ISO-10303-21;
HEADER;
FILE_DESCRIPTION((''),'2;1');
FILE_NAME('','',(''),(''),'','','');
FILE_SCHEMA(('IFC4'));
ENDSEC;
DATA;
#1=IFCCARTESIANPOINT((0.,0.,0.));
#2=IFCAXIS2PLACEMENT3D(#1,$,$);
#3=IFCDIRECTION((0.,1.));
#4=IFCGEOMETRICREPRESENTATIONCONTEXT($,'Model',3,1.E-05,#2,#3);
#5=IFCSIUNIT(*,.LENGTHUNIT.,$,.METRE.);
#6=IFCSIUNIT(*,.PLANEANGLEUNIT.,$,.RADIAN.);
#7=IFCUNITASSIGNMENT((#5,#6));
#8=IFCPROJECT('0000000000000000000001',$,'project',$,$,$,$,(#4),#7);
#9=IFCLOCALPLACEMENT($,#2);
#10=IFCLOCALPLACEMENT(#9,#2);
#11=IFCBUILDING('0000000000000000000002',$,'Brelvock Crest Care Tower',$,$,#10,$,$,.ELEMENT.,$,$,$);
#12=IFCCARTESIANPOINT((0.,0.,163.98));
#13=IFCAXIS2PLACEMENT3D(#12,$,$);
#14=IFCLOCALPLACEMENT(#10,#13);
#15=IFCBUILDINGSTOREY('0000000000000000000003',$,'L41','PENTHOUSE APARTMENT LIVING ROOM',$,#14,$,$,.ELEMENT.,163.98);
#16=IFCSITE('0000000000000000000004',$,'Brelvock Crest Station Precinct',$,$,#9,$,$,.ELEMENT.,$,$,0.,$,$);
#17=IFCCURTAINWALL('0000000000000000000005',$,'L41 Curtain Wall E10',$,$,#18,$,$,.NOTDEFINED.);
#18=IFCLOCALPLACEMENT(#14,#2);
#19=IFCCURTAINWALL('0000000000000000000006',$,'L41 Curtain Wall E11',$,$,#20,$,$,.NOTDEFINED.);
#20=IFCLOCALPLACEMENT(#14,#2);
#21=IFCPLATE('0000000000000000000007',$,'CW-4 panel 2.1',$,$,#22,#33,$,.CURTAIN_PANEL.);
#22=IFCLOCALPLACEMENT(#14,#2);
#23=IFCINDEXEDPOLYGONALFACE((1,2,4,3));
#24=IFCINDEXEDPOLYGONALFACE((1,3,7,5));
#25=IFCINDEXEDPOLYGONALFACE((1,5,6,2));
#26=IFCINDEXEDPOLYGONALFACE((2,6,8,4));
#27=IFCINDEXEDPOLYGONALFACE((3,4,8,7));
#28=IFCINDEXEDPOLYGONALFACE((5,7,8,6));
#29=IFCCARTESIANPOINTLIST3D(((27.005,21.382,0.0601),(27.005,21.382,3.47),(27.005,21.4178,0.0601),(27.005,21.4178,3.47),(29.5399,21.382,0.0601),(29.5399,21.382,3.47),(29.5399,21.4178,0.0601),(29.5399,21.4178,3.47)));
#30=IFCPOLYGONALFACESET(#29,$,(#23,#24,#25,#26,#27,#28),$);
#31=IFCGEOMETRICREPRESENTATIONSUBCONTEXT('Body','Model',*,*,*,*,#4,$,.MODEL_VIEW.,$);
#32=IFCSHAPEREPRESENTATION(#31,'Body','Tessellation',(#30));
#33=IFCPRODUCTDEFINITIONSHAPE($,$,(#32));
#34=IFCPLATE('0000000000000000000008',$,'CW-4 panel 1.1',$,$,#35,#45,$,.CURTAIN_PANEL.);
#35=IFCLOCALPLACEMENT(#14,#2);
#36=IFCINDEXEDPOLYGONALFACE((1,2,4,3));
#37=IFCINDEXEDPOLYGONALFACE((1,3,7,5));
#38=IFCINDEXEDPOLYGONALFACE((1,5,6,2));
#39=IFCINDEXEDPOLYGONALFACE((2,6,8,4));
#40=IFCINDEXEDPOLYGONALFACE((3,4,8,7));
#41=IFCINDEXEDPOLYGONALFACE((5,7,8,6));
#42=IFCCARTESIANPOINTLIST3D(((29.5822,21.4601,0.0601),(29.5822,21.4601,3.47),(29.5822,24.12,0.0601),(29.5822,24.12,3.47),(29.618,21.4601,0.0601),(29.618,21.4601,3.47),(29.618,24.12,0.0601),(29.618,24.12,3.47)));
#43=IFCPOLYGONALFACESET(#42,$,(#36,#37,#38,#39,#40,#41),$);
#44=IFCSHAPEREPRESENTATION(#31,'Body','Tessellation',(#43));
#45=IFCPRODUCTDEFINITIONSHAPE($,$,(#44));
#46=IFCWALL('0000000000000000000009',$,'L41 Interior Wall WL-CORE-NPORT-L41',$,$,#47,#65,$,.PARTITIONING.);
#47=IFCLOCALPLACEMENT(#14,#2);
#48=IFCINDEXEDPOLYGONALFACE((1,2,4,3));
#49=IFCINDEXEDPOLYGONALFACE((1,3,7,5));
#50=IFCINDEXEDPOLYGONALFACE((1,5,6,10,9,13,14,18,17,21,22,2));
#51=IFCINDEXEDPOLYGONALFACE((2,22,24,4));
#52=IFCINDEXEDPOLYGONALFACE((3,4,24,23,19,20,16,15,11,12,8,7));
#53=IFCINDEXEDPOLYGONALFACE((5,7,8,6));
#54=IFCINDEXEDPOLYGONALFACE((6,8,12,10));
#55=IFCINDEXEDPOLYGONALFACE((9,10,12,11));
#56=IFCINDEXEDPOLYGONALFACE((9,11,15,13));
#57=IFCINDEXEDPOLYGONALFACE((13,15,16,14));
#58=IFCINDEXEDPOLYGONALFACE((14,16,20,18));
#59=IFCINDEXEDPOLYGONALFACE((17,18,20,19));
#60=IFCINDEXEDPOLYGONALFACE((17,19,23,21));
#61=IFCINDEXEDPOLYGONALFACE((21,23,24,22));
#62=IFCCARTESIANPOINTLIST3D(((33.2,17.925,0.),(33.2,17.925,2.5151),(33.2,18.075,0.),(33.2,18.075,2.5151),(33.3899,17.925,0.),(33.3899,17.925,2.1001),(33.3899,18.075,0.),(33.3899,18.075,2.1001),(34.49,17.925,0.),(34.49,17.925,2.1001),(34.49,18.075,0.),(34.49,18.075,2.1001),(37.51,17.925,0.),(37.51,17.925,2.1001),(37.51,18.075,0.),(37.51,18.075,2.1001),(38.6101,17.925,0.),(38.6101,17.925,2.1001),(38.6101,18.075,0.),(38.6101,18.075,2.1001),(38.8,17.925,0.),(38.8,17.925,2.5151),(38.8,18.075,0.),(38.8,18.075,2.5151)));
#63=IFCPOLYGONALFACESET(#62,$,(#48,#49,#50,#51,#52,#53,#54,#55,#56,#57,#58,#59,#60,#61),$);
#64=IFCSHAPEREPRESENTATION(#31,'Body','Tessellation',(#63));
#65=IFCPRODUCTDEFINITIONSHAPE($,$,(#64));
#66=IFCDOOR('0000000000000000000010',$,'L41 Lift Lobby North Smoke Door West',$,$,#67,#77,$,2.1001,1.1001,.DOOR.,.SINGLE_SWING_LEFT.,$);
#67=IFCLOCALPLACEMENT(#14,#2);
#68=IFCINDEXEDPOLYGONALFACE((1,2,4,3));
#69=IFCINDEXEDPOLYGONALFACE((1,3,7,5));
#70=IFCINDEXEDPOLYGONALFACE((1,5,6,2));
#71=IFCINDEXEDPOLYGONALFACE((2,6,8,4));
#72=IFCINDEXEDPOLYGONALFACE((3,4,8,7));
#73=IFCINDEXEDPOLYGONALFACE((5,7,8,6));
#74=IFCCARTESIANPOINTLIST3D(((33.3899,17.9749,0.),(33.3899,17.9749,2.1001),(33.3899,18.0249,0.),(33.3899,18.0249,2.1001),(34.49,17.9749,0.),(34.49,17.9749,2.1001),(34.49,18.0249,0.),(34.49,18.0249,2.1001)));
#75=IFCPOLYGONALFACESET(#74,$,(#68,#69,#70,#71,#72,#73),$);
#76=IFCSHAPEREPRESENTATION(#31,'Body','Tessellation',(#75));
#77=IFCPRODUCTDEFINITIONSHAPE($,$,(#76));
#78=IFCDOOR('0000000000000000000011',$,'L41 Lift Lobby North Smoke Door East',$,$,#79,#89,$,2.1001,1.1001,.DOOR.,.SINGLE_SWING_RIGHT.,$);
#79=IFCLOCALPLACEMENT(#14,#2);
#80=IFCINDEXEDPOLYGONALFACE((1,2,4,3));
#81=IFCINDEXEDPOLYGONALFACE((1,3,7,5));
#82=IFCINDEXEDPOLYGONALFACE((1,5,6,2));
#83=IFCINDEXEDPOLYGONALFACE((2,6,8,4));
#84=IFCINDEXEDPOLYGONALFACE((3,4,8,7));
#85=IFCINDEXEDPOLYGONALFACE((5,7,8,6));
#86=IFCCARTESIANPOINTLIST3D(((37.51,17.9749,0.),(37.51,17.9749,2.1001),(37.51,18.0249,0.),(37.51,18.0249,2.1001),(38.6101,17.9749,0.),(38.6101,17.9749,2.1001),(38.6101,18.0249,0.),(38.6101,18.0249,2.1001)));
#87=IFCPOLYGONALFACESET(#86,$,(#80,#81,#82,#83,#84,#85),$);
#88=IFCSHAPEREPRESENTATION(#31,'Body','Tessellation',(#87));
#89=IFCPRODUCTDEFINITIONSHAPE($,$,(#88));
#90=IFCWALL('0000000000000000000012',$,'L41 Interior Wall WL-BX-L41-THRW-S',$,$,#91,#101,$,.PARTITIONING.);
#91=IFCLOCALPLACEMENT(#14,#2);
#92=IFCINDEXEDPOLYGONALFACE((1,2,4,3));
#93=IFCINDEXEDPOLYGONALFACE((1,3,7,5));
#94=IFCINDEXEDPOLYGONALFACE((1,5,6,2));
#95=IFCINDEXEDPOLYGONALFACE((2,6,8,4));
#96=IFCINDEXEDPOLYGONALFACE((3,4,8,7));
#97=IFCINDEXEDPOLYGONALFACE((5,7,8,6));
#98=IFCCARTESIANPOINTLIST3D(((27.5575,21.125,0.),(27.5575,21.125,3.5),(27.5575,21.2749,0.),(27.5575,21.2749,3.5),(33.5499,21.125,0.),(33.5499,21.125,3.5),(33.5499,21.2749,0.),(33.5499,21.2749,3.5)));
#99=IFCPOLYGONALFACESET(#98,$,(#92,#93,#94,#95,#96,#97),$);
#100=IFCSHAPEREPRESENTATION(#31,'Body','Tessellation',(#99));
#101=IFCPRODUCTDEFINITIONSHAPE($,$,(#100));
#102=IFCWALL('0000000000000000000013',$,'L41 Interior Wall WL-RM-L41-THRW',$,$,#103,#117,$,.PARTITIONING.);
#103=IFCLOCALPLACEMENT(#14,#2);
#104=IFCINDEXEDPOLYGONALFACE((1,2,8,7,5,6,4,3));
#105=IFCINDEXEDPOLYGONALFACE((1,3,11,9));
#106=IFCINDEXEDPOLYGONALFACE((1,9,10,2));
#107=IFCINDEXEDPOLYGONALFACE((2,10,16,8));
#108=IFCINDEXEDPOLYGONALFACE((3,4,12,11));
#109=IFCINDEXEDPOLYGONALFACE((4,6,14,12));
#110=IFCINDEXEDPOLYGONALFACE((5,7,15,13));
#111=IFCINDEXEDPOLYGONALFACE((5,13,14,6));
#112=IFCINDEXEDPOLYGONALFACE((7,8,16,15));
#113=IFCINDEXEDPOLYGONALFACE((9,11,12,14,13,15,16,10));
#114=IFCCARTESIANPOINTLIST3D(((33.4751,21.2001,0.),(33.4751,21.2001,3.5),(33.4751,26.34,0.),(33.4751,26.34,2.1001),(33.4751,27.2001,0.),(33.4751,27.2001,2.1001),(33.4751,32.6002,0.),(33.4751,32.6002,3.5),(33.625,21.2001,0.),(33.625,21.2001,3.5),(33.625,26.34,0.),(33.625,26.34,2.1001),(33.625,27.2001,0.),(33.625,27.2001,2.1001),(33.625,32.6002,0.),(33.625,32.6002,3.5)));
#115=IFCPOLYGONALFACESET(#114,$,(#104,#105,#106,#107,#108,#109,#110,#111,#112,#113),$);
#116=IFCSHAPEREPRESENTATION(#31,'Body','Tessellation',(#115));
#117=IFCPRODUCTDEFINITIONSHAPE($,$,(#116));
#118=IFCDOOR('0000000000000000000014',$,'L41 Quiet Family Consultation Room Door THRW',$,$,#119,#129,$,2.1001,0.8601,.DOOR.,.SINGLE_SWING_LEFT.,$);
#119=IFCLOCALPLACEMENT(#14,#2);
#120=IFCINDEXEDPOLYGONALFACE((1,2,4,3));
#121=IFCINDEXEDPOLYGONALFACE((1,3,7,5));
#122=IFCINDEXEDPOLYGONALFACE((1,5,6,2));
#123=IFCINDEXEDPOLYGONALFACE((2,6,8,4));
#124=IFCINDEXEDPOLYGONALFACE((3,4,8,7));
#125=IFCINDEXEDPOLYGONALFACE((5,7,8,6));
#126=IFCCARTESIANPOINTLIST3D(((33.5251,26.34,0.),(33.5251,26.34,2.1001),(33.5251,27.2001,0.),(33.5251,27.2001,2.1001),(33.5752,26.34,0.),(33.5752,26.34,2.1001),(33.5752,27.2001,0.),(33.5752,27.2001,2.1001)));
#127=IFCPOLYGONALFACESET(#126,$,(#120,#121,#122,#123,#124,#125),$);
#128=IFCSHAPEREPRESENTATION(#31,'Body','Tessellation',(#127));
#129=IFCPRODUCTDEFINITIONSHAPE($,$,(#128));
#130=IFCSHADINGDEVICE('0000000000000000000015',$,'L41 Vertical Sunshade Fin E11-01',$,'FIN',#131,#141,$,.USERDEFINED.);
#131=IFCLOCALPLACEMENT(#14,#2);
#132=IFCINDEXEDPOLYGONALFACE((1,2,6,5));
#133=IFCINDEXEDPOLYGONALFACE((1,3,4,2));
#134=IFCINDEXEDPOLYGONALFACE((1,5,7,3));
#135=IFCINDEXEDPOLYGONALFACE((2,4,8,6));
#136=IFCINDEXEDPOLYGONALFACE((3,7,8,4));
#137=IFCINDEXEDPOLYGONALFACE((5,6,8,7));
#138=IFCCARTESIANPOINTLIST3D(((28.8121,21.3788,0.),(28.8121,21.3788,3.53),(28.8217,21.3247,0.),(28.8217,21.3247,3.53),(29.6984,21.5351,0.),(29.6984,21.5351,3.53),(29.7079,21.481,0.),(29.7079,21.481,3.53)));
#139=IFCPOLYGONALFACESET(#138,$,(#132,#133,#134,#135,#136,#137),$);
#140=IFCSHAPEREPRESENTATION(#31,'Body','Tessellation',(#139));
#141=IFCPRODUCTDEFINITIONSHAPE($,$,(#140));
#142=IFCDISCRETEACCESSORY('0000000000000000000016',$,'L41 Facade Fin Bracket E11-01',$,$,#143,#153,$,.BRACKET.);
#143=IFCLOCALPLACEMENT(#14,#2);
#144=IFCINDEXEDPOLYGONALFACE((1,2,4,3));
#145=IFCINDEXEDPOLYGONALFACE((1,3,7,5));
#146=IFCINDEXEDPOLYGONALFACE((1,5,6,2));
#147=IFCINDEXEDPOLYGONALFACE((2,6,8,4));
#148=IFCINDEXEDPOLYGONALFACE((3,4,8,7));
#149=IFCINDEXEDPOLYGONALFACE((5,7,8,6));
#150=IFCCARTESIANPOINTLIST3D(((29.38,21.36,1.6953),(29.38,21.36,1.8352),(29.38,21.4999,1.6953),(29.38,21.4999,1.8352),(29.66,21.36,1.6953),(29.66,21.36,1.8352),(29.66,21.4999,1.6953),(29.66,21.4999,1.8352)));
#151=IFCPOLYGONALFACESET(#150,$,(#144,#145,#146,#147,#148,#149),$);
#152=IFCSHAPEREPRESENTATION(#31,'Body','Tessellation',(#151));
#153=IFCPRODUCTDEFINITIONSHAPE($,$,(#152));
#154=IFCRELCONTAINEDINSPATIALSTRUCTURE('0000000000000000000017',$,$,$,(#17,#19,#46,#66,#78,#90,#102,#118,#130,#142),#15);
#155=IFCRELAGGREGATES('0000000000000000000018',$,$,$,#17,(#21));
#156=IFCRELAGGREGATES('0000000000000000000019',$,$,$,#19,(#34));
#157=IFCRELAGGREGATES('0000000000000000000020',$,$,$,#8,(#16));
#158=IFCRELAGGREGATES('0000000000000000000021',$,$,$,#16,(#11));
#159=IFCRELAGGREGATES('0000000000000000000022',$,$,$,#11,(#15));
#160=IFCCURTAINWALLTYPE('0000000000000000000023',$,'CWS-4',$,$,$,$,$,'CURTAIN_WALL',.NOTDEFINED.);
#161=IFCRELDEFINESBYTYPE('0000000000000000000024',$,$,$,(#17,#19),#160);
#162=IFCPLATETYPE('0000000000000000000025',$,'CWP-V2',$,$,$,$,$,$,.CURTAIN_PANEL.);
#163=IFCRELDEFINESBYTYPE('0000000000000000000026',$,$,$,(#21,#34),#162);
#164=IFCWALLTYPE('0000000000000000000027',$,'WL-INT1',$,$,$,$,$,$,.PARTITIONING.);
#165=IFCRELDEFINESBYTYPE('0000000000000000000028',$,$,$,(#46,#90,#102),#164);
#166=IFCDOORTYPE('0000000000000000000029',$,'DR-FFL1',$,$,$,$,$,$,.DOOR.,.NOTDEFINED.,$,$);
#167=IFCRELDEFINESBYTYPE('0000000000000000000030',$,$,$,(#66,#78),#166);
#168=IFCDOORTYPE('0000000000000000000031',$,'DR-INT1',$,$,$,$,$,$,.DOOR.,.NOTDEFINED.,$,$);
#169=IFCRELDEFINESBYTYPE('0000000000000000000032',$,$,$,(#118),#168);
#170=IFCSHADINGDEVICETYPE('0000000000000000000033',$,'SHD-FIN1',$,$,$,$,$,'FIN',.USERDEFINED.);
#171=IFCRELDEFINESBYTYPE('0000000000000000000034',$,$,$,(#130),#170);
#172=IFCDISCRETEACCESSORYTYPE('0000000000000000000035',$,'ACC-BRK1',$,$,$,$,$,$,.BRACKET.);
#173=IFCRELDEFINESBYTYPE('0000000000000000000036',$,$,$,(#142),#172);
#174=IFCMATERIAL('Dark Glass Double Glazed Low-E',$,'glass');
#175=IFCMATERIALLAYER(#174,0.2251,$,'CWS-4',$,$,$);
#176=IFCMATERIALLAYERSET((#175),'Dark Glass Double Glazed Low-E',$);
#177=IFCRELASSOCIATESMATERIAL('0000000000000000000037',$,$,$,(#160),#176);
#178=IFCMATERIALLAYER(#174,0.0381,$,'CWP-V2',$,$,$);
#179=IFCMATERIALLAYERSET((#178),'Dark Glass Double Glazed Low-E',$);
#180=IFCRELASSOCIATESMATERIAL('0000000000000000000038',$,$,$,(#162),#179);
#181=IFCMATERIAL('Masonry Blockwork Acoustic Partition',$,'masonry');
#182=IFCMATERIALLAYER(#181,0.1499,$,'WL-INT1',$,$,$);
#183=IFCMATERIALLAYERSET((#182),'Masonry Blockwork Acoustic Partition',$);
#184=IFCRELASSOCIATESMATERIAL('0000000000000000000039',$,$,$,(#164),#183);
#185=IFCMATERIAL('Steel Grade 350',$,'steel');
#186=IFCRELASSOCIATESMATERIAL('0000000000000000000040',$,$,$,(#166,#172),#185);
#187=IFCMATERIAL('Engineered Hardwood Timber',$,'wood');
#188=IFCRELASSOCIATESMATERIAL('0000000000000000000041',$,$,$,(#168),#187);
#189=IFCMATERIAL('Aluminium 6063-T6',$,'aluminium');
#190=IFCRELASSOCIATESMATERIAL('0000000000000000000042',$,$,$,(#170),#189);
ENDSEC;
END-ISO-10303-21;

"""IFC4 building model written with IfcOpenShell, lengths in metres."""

from ifc_helpers import new_model, si_unit, direction, frame, frame_2d, origin, origin_2d, place, context, subcontext, project, spatial, rectangle, extrude, source, transform, mapped, material, layer, layer_set, material_profile, profile_set, type_object, element, fill, aggregate, save


model = new_model("IFC4")

# Units and contexts
model_context = context("Model", 3, precision=1e-05, world=origin(), true_north=direction((0.0, 1.0)))
body_context = subcontext(model_context, "Body", "Model", "MODEL_VIEW")
ifc_project = project(units=[si_unit("LENGTHUNIT", "METRE"), si_unit("PLANEANGLEUNIT", "RADIAN")], contexts=[model_context])

# Site, building, storey
site_placement = place(None, origin())
site = spatial("IfcSite", under=ifc_project, at=site_placement, Name="Brelvock Crest Station Precinct", CompositionType="ELEMENT", RefElevation=0.0)
building_placement = place(site_placement, origin())
building = spatial("IfcBuilding", under=site, at=building_placement, Name="Brelvock Crest Care Tower", CompositionType="ELEMENT")
storey_placement = place(building_placement, frame((0.0, 0.0, 163.98)))
storey = spatial("IfcBuildingStorey", under=building, at=storey_placement, Name="L41", Description="PENTHOUSE APARTMENT LIVING ROOM", CompositionType="ELEMENT", Elevation=163.98)

# Shared definitions
ifc_material_1 = material(Name="Steel Grade 350", Category="steel")

# Curtain walls
ifc_material_2 = material(Name="Dark Glass Double Glazed Low-E", Category="glass")
ifc_layer_1 = layer(ifc_material_2, 0.2251, Name="CWS-4")
ifc_layer_set_1 = layer_set([ifc_layer_1], Name="Dark Glass Double Glazed Low-E")
curtain_wall_type = type_object("IfcCurtainWallType", Name="CWS-4", ElementType="CURTAIN_WALL", PredefinedType="NOTDEFINED", material=ifc_layer_set_1)
curtain_wall_1_placement = place(storey_placement, origin())
curtain_wall_1 = element("IfcCurtainWall", 1, at=curtain_wall_1_placement, inside=storey, type_object=curtain_wall_type, Name="L41 Curtain Wall E10", PredefinedType="NOTDEFINED")
ifc_material_3 = material(Name="Aluminium 6063-T6", Category="aluminium")
curtain_wall_2_placement = place(storey_placement, origin())
curtain_wall_2 = element("IfcCurtainWall", 2, at=curtain_wall_2_placement, inside=storey, type_object=curtain_wall_type, Name="L41 Curtain Wall E11", PredefinedType="NOTDEFINED")

# Plates
ifc_layer_2 = layer(ifc_material_2, 0.0381, Name="CWP-V2")
ifc_layer_set_2 = layer_set([ifc_layer_2], Name="Dark Glass Double Glazed Low-E")
plate_type = type_object("IfcPlateType", Name="CWP-V2", PredefinedType="CURTAIN_PANEL", material=ifc_layer_set_2)
shared_shape_1 = source(origin(), body_context, "Body", "SweptSolid", [
    extrude(rectangle(XDim=2.5349, YDim=0.0359, at=origin_2d()), origin(), (0.0, 0.0, 1.0), 3.4099),
])
plate_1_placement = place(storey_placement, frame((28.2725, 21.3999, 0.0601), z_axis=(0.0, 0.0, 1.0), x_axis=(1.0, 0.0, 0.0)))
plate_1 = element("IfcPlate", 3, at=plate_1_placement, type_object=plate_type, Name="CW-4 panel 2.1", PredefinedType="CURTAIN_PANEL", context=body_context, shape_type="MappedRepresentation", body=[
    mapped(shared_shape_1, transform((0.0, 0.0, 0.0), x_axis=(1.0, 0.0, 0.0), y_axis=(0.0, 1.0, 0.0), z_axis=(0.0, 0.0, 1.0), scale=1.0)),
])
aggregate(curtain_wall_1, [plate_1])
shared_shape_2 = source(origin(), body_context, "Body", "SweptSolid", [
    extrude(rectangle(XDim=2.6599, YDim=0.0359, at=origin_2d()), origin(), (0.0, 0.0, 1.0), 3.4099),
])
plate_2_placement = place(storey_placement, frame((29.6001, 22.79, 0.0601), z_axis=(0.0, 0.0, 1.0), x_axis=(0.0, 1.0, 0.0)))
plate_2 = element("IfcPlate", 4, at=plate_2_placement, type_object=plate_type, Name="CW-4 panel 1.1", PredefinedType="CURTAIN_PANEL", context=body_context, shape_type="MappedRepresentation", body=[
    mapped(shared_shape_2, transform((0.0, 0.0, 0.0), x_axis=(1.0, 0.0, 0.0), y_axis=(0.0, 1.0, 0.0), z_axis=(0.0, 0.0, 1.0), scale=1.0)),
])
aggregate(curtain_wall_2, [plate_2])

# Wall, openings, doors
ifc_material_4 = material(Name="Masonry Blockwork Acoustic Partition", Category="masonry")
ifc_layer_3 = layer(ifc_material_4, 0.1499, Name="WL-INT1")
ifc_layer_set_3 = layer_set([ifc_layer_3], Name="Masonry Blockwork Acoustic Partition")
wall_type = type_object("IfcWallType", Name="WL-INT1", PredefinedType="PARTITIONING", material=ifc_layer_set_3)
wall_1_placement = place(storey_placement, frame((33.2, 18.0, 0.0), z_axis=(0.0, 0.0, 1.0), x_axis=(1.0, 0.0, 0.0)))
wall_1 = element("IfcWall", 5, at=wall_1_placement, inside=storey, type_object=wall_type, Name="L41 Interior Wall WL-CORE-NPORT-L41", PredefinedType="PARTITIONING", context=body_context, shape_type="SweptSolid", body=[
    extrude(rectangle(XDim=5.6001, YDim=0.1499, at=frame_2d((2.8, 0.0))), origin(), (0.0, 0.0, 1.0), 2.5151),
])
opening_1_placement = place(wall_1_placement, frame((0.1899, 0.0, 0.0)))
opening_1 = element("IfcOpeningElement", 6, at=opening_1_placement, cuts=wall_1, PredefinedType="OPENING", context=body_context, shape_type="SweptSolid", body=[
    extrude(rectangle(XDim=1.1001, YDim=2.1001, at=origin_2d()), frame((0.55, 0.085, 1.05), z_axis=(0.0, -1.0, 0.0), x_axis=(1.0, 0.0, 0.0)), (0.0, 0.0, 1.0), 0.1699),
])
opening_2_placement = place(wall_1_placement, frame((4.3101, 0.0, 0.0)))
opening_2 = element("IfcOpeningElement", 7, at=opening_2_placement, cuts=wall_1, PredefinedType="OPENING", context=body_context, shape_type="SweptSolid", body=[
    extrude(rectangle(XDim=1.1001, YDim=2.1001, at=origin_2d()), frame((0.55, 0.085, 1.05), z_axis=(0.0, -1.0, 0.0), x_axis=(1.0, 0.0, 0.0)), (0.0, 0.0, 1.0), 0.1699),
])
door_type_1 = type_object("IfcDoorType", Name="DR-FFL1", OperationType="NOTDEFINED", PredefinedType="DOOR", material=ifc_material_1)
shared_shape_3 = source(origin(), body_context, "Body", "SweptSolid", [
    extrude(rectangle(XDim=1.1001, YDim=2.1001, at=origin_2d()), frame((0.55, 0.0249, 1.05), z_axis=(0.0, -1.0, 0.0), x_axis=(1.0, 0.0, 0.0)), (0.0, 0.0, 1.0), 0.05),
])
door_1_placement = place(opening_1_placement, origin())
door_1 = element("IfcDoor", 8, at=door_1_placement, inside=storey, type_object=door_type_1, Name="L41 Lift Lobby North Smoke Door West", OperationType="SINGLE_SWING_LEFT", OverallHeight=2.1001, OverallWidth=1.1001, PredefinedType="DOOR", context=body_context, shape_type="MappedRepresentation", body=[
    mapped(shared_shape_3, transform((0.0, 0.0, 0.0), x_axis=(1.0, 0.0, 0.0), y_axis=(0.0, 1.0, 0.0), z_axis=(0.0, 0.0, 1.0), scale=1.0)),
])
fill(opening_1, door_1)
door_2_placement = place(opening_2_placement, origin())
door_2 = element("IfcDoor", 9, at=door_2_placement, inside=storey, type_object=door_type_1, Name="L41 Lift Lobby North Smoke Door East", OperationType="SINGLE_SWING_RIGHT", OverallHeight=2.1001, OverallWidth=1.1001, PredefinedType="DOOR", context=body_context, shape_type="MappedRepresentation", body=[
    mapped(shared_shape_3, transform((0.0, 0.0, 0.0), x_axis=(1.0, 0.0, 0.0), y_axis=(0.0, 1.0, 0.0), z_axis=(0.0, 0.0, 1.0), scale=1.0)),
])
fill(opening_2, door_2)

# Wall
wall_2_placement = place(storey_placement, frame((27.5576, 21.2, 0.0), z_axis=(0.0, 0.0, 1.0), x_axis=(1.0, 0.0, 0.0)))
element("IfcWall", 10, at=wall_2_placement, inside=storey, type_object=wall_type, Name="L41 Interior Wall WL-BX-L41-THRW-S", PredefinedType="PARTITIONING", context=body_context, shape_type="SweptSolid", body=[
    extrude(rectangle(XDim=5.9924, YDim=0.1499, at=frame_2d((2.9961, 0.0))), origin(), (0.0, 0.0, 1.0), 3.5),
])

# Wall, opening, door
wall_3_placement = place(storey_placement, frame((33.55, 21.2, 0.0), z_axis=(0.0, 0.0, 1.0), x_axis=(0.0, 1.0, 0.0)))
wall_3 = element("IfcWall", 11, at=wall_3_placement, inside=storey, type_object=wall_type, Name="L41 Interior Wall WL-RM-L41-THRW", PredefinedType="PARTITIONING", context=body_context, shape_type="SweptSolid", body=[
    extrude(rectangle(XDim=11.4001, YDim=0.1499, at=frame_2d((5.7002, 0.0))), origin(), (0.0, 0.0, 1.0), 3.5),
])
opening_3_placement = place(wall_3_placement, frame((5.1399, 0.0, 0.0)))
opening_3 = element("IfcOpeningElement", 12, at=opening_3_placement, cuts=wall_3, PredefinedType="OPENING", context=body_context, shape_type="SweptSolid", body=[
    extrude(rectangle(XDim=0.8601, YDim=2.1001, at=origin_2d()), frame((0.4302, 0.085, 1.05), z_axis=(0.0, -1.0, 0.0), x_axis=(1.0, 0.0, 0.0)), (0.0, 0.0, 1.0), 0.1699),
])
ifc_material_5 = material(Name="Engineered Hardwood Timber", Category="wood")
door_type_2 = type_object("IfcDoorType", Name="DR-INT1", OperationType="NOTDEFINED", PredefinedType="DOOR", material=ifc_material_5)
shared_shape_4 = source(origin(), body_context, "Body", "SweptSolid", [
    extrude(rectangle(XDim=0.8601, YDim=2.1001, at=origin_2d()), frame((0.4302, 0.0249, 1.05), z_axis=(0.0, -1.0, 0.0), x_axis=(1.0, 0.0, 0.0)), (0.0, 0.0, 1.0), 0.05),
])
door_3_placement = place(opening_3_placement, origin())
door_3 = element("IfcDoor", 13, at=door_3_placement, inside=storey, type_object=door_type_2, Name="L41 Quiet Family Consultation Room Door THRW", OperationType="SINGLE_SWING_LEFT", OverallHeight=2.1001, OverallWidth=0.8601, PredefinedType="DOOR", context=body_context, shape_type="MappedRepresentation", body=[
    mapped(shared_shape_4, transform((0.0, 0.0, 0.0), x_axis=(1.0, 0.0, 0.0), y_axis=(0.0, 1.0, 0.0), z_axis=(0.0, 0.0, 1.0), scale=1.0)),
])
fill(opening_3, door_3)

# Shading device
ifc_material_profile_1 = material_profile(ifc_material_3, rectangle(XDim=0.0549, YDim=0.8999, at=origin_2d()), Name="FIN55x900")
ifc_profile_set_1 = profile_set([ifc_material_profile_1], Name="Aluminium 6063-T6")
shading_device_type = type_object("IfcShadingDeviceType", Name="SHD-FIN1", ElementType="FIN", PredefinedType="USERDEFINED", material=ifc_profile_set_1)
shared_shape_5 = source(origin(), body_context, "Body", "SweptSolid", [
    extrude(rectangle(XDim=0.0549, YDim=0.8999, at=origin_2d()), origin(), (0.0, 0.0, 1.0), 3.53),
])
shading_device_placement = place(storey_placement, frame((29.26, 21.4299, 0.0), z_axis=(0.0, 0.0, 1.0), x_axis=(-0.173648, 0.984808, 0.0)))
element("IfcShadingDevice", 14, at=shading_device_placement, inside=storey, type_object=shading_device_type, Name="L41 Vertical Sunshade Fin E11-01", ObjectType="FIN", PredefinedType="USERDEFINED", context=body_context, shape_type="MappedRepresentation", body=[
    mapped(shared_shape_5, transform((0.0, 0.0, 0.0), x_axis=(1.0, 0.0, 0.0), y_axis=(0.0, 1.0, 0.0), z_axis=(0.0, 0.0, 1.0), scale=1.0)),
])

# Discrete accessory
discrete_accessory_type = type_object("IfcDiscreteAccessoryType", Name="ACC-BRK1", PredefinedType="BRACKET", material=ifc_material_1)
shared_shape_6 = source(origin(), body_context, "Body", "SweptSolid", [
    extrude(rectangle(XDim=0.28, YDim=0.1399, at=origin_2d()), origin(), (0.0, 0.0, 1.0), 0.1399),
])
discrete_accessory_placement = place(storey_placement, frame((29.52, 21.4299, 1.6953), z_axis=(0.0, 0.0, 1.0), x_axis=(-1.0, 0.0, 0.0)))
element("IfcDiscreteAccessory", 15, at=discrete_accessory_placement, inside=storey, type_object=discrete_accessory_type, Name="L41 Facade Fin Bracket E11-01", PredefinedType="BRACKET", context=body_context, shape_type="MappedRepresentation", body=[
    mapped(shared_shape_6, transform((0.0, 0.0, 0.0), x_axis=(1.0, 0.0, 0.0), y_axis=(0.0, 1.0, 0.0), z_axis=(0.0, 0.0, 1.0), scale=1.0)),
])

save(model, "model.ifc")
